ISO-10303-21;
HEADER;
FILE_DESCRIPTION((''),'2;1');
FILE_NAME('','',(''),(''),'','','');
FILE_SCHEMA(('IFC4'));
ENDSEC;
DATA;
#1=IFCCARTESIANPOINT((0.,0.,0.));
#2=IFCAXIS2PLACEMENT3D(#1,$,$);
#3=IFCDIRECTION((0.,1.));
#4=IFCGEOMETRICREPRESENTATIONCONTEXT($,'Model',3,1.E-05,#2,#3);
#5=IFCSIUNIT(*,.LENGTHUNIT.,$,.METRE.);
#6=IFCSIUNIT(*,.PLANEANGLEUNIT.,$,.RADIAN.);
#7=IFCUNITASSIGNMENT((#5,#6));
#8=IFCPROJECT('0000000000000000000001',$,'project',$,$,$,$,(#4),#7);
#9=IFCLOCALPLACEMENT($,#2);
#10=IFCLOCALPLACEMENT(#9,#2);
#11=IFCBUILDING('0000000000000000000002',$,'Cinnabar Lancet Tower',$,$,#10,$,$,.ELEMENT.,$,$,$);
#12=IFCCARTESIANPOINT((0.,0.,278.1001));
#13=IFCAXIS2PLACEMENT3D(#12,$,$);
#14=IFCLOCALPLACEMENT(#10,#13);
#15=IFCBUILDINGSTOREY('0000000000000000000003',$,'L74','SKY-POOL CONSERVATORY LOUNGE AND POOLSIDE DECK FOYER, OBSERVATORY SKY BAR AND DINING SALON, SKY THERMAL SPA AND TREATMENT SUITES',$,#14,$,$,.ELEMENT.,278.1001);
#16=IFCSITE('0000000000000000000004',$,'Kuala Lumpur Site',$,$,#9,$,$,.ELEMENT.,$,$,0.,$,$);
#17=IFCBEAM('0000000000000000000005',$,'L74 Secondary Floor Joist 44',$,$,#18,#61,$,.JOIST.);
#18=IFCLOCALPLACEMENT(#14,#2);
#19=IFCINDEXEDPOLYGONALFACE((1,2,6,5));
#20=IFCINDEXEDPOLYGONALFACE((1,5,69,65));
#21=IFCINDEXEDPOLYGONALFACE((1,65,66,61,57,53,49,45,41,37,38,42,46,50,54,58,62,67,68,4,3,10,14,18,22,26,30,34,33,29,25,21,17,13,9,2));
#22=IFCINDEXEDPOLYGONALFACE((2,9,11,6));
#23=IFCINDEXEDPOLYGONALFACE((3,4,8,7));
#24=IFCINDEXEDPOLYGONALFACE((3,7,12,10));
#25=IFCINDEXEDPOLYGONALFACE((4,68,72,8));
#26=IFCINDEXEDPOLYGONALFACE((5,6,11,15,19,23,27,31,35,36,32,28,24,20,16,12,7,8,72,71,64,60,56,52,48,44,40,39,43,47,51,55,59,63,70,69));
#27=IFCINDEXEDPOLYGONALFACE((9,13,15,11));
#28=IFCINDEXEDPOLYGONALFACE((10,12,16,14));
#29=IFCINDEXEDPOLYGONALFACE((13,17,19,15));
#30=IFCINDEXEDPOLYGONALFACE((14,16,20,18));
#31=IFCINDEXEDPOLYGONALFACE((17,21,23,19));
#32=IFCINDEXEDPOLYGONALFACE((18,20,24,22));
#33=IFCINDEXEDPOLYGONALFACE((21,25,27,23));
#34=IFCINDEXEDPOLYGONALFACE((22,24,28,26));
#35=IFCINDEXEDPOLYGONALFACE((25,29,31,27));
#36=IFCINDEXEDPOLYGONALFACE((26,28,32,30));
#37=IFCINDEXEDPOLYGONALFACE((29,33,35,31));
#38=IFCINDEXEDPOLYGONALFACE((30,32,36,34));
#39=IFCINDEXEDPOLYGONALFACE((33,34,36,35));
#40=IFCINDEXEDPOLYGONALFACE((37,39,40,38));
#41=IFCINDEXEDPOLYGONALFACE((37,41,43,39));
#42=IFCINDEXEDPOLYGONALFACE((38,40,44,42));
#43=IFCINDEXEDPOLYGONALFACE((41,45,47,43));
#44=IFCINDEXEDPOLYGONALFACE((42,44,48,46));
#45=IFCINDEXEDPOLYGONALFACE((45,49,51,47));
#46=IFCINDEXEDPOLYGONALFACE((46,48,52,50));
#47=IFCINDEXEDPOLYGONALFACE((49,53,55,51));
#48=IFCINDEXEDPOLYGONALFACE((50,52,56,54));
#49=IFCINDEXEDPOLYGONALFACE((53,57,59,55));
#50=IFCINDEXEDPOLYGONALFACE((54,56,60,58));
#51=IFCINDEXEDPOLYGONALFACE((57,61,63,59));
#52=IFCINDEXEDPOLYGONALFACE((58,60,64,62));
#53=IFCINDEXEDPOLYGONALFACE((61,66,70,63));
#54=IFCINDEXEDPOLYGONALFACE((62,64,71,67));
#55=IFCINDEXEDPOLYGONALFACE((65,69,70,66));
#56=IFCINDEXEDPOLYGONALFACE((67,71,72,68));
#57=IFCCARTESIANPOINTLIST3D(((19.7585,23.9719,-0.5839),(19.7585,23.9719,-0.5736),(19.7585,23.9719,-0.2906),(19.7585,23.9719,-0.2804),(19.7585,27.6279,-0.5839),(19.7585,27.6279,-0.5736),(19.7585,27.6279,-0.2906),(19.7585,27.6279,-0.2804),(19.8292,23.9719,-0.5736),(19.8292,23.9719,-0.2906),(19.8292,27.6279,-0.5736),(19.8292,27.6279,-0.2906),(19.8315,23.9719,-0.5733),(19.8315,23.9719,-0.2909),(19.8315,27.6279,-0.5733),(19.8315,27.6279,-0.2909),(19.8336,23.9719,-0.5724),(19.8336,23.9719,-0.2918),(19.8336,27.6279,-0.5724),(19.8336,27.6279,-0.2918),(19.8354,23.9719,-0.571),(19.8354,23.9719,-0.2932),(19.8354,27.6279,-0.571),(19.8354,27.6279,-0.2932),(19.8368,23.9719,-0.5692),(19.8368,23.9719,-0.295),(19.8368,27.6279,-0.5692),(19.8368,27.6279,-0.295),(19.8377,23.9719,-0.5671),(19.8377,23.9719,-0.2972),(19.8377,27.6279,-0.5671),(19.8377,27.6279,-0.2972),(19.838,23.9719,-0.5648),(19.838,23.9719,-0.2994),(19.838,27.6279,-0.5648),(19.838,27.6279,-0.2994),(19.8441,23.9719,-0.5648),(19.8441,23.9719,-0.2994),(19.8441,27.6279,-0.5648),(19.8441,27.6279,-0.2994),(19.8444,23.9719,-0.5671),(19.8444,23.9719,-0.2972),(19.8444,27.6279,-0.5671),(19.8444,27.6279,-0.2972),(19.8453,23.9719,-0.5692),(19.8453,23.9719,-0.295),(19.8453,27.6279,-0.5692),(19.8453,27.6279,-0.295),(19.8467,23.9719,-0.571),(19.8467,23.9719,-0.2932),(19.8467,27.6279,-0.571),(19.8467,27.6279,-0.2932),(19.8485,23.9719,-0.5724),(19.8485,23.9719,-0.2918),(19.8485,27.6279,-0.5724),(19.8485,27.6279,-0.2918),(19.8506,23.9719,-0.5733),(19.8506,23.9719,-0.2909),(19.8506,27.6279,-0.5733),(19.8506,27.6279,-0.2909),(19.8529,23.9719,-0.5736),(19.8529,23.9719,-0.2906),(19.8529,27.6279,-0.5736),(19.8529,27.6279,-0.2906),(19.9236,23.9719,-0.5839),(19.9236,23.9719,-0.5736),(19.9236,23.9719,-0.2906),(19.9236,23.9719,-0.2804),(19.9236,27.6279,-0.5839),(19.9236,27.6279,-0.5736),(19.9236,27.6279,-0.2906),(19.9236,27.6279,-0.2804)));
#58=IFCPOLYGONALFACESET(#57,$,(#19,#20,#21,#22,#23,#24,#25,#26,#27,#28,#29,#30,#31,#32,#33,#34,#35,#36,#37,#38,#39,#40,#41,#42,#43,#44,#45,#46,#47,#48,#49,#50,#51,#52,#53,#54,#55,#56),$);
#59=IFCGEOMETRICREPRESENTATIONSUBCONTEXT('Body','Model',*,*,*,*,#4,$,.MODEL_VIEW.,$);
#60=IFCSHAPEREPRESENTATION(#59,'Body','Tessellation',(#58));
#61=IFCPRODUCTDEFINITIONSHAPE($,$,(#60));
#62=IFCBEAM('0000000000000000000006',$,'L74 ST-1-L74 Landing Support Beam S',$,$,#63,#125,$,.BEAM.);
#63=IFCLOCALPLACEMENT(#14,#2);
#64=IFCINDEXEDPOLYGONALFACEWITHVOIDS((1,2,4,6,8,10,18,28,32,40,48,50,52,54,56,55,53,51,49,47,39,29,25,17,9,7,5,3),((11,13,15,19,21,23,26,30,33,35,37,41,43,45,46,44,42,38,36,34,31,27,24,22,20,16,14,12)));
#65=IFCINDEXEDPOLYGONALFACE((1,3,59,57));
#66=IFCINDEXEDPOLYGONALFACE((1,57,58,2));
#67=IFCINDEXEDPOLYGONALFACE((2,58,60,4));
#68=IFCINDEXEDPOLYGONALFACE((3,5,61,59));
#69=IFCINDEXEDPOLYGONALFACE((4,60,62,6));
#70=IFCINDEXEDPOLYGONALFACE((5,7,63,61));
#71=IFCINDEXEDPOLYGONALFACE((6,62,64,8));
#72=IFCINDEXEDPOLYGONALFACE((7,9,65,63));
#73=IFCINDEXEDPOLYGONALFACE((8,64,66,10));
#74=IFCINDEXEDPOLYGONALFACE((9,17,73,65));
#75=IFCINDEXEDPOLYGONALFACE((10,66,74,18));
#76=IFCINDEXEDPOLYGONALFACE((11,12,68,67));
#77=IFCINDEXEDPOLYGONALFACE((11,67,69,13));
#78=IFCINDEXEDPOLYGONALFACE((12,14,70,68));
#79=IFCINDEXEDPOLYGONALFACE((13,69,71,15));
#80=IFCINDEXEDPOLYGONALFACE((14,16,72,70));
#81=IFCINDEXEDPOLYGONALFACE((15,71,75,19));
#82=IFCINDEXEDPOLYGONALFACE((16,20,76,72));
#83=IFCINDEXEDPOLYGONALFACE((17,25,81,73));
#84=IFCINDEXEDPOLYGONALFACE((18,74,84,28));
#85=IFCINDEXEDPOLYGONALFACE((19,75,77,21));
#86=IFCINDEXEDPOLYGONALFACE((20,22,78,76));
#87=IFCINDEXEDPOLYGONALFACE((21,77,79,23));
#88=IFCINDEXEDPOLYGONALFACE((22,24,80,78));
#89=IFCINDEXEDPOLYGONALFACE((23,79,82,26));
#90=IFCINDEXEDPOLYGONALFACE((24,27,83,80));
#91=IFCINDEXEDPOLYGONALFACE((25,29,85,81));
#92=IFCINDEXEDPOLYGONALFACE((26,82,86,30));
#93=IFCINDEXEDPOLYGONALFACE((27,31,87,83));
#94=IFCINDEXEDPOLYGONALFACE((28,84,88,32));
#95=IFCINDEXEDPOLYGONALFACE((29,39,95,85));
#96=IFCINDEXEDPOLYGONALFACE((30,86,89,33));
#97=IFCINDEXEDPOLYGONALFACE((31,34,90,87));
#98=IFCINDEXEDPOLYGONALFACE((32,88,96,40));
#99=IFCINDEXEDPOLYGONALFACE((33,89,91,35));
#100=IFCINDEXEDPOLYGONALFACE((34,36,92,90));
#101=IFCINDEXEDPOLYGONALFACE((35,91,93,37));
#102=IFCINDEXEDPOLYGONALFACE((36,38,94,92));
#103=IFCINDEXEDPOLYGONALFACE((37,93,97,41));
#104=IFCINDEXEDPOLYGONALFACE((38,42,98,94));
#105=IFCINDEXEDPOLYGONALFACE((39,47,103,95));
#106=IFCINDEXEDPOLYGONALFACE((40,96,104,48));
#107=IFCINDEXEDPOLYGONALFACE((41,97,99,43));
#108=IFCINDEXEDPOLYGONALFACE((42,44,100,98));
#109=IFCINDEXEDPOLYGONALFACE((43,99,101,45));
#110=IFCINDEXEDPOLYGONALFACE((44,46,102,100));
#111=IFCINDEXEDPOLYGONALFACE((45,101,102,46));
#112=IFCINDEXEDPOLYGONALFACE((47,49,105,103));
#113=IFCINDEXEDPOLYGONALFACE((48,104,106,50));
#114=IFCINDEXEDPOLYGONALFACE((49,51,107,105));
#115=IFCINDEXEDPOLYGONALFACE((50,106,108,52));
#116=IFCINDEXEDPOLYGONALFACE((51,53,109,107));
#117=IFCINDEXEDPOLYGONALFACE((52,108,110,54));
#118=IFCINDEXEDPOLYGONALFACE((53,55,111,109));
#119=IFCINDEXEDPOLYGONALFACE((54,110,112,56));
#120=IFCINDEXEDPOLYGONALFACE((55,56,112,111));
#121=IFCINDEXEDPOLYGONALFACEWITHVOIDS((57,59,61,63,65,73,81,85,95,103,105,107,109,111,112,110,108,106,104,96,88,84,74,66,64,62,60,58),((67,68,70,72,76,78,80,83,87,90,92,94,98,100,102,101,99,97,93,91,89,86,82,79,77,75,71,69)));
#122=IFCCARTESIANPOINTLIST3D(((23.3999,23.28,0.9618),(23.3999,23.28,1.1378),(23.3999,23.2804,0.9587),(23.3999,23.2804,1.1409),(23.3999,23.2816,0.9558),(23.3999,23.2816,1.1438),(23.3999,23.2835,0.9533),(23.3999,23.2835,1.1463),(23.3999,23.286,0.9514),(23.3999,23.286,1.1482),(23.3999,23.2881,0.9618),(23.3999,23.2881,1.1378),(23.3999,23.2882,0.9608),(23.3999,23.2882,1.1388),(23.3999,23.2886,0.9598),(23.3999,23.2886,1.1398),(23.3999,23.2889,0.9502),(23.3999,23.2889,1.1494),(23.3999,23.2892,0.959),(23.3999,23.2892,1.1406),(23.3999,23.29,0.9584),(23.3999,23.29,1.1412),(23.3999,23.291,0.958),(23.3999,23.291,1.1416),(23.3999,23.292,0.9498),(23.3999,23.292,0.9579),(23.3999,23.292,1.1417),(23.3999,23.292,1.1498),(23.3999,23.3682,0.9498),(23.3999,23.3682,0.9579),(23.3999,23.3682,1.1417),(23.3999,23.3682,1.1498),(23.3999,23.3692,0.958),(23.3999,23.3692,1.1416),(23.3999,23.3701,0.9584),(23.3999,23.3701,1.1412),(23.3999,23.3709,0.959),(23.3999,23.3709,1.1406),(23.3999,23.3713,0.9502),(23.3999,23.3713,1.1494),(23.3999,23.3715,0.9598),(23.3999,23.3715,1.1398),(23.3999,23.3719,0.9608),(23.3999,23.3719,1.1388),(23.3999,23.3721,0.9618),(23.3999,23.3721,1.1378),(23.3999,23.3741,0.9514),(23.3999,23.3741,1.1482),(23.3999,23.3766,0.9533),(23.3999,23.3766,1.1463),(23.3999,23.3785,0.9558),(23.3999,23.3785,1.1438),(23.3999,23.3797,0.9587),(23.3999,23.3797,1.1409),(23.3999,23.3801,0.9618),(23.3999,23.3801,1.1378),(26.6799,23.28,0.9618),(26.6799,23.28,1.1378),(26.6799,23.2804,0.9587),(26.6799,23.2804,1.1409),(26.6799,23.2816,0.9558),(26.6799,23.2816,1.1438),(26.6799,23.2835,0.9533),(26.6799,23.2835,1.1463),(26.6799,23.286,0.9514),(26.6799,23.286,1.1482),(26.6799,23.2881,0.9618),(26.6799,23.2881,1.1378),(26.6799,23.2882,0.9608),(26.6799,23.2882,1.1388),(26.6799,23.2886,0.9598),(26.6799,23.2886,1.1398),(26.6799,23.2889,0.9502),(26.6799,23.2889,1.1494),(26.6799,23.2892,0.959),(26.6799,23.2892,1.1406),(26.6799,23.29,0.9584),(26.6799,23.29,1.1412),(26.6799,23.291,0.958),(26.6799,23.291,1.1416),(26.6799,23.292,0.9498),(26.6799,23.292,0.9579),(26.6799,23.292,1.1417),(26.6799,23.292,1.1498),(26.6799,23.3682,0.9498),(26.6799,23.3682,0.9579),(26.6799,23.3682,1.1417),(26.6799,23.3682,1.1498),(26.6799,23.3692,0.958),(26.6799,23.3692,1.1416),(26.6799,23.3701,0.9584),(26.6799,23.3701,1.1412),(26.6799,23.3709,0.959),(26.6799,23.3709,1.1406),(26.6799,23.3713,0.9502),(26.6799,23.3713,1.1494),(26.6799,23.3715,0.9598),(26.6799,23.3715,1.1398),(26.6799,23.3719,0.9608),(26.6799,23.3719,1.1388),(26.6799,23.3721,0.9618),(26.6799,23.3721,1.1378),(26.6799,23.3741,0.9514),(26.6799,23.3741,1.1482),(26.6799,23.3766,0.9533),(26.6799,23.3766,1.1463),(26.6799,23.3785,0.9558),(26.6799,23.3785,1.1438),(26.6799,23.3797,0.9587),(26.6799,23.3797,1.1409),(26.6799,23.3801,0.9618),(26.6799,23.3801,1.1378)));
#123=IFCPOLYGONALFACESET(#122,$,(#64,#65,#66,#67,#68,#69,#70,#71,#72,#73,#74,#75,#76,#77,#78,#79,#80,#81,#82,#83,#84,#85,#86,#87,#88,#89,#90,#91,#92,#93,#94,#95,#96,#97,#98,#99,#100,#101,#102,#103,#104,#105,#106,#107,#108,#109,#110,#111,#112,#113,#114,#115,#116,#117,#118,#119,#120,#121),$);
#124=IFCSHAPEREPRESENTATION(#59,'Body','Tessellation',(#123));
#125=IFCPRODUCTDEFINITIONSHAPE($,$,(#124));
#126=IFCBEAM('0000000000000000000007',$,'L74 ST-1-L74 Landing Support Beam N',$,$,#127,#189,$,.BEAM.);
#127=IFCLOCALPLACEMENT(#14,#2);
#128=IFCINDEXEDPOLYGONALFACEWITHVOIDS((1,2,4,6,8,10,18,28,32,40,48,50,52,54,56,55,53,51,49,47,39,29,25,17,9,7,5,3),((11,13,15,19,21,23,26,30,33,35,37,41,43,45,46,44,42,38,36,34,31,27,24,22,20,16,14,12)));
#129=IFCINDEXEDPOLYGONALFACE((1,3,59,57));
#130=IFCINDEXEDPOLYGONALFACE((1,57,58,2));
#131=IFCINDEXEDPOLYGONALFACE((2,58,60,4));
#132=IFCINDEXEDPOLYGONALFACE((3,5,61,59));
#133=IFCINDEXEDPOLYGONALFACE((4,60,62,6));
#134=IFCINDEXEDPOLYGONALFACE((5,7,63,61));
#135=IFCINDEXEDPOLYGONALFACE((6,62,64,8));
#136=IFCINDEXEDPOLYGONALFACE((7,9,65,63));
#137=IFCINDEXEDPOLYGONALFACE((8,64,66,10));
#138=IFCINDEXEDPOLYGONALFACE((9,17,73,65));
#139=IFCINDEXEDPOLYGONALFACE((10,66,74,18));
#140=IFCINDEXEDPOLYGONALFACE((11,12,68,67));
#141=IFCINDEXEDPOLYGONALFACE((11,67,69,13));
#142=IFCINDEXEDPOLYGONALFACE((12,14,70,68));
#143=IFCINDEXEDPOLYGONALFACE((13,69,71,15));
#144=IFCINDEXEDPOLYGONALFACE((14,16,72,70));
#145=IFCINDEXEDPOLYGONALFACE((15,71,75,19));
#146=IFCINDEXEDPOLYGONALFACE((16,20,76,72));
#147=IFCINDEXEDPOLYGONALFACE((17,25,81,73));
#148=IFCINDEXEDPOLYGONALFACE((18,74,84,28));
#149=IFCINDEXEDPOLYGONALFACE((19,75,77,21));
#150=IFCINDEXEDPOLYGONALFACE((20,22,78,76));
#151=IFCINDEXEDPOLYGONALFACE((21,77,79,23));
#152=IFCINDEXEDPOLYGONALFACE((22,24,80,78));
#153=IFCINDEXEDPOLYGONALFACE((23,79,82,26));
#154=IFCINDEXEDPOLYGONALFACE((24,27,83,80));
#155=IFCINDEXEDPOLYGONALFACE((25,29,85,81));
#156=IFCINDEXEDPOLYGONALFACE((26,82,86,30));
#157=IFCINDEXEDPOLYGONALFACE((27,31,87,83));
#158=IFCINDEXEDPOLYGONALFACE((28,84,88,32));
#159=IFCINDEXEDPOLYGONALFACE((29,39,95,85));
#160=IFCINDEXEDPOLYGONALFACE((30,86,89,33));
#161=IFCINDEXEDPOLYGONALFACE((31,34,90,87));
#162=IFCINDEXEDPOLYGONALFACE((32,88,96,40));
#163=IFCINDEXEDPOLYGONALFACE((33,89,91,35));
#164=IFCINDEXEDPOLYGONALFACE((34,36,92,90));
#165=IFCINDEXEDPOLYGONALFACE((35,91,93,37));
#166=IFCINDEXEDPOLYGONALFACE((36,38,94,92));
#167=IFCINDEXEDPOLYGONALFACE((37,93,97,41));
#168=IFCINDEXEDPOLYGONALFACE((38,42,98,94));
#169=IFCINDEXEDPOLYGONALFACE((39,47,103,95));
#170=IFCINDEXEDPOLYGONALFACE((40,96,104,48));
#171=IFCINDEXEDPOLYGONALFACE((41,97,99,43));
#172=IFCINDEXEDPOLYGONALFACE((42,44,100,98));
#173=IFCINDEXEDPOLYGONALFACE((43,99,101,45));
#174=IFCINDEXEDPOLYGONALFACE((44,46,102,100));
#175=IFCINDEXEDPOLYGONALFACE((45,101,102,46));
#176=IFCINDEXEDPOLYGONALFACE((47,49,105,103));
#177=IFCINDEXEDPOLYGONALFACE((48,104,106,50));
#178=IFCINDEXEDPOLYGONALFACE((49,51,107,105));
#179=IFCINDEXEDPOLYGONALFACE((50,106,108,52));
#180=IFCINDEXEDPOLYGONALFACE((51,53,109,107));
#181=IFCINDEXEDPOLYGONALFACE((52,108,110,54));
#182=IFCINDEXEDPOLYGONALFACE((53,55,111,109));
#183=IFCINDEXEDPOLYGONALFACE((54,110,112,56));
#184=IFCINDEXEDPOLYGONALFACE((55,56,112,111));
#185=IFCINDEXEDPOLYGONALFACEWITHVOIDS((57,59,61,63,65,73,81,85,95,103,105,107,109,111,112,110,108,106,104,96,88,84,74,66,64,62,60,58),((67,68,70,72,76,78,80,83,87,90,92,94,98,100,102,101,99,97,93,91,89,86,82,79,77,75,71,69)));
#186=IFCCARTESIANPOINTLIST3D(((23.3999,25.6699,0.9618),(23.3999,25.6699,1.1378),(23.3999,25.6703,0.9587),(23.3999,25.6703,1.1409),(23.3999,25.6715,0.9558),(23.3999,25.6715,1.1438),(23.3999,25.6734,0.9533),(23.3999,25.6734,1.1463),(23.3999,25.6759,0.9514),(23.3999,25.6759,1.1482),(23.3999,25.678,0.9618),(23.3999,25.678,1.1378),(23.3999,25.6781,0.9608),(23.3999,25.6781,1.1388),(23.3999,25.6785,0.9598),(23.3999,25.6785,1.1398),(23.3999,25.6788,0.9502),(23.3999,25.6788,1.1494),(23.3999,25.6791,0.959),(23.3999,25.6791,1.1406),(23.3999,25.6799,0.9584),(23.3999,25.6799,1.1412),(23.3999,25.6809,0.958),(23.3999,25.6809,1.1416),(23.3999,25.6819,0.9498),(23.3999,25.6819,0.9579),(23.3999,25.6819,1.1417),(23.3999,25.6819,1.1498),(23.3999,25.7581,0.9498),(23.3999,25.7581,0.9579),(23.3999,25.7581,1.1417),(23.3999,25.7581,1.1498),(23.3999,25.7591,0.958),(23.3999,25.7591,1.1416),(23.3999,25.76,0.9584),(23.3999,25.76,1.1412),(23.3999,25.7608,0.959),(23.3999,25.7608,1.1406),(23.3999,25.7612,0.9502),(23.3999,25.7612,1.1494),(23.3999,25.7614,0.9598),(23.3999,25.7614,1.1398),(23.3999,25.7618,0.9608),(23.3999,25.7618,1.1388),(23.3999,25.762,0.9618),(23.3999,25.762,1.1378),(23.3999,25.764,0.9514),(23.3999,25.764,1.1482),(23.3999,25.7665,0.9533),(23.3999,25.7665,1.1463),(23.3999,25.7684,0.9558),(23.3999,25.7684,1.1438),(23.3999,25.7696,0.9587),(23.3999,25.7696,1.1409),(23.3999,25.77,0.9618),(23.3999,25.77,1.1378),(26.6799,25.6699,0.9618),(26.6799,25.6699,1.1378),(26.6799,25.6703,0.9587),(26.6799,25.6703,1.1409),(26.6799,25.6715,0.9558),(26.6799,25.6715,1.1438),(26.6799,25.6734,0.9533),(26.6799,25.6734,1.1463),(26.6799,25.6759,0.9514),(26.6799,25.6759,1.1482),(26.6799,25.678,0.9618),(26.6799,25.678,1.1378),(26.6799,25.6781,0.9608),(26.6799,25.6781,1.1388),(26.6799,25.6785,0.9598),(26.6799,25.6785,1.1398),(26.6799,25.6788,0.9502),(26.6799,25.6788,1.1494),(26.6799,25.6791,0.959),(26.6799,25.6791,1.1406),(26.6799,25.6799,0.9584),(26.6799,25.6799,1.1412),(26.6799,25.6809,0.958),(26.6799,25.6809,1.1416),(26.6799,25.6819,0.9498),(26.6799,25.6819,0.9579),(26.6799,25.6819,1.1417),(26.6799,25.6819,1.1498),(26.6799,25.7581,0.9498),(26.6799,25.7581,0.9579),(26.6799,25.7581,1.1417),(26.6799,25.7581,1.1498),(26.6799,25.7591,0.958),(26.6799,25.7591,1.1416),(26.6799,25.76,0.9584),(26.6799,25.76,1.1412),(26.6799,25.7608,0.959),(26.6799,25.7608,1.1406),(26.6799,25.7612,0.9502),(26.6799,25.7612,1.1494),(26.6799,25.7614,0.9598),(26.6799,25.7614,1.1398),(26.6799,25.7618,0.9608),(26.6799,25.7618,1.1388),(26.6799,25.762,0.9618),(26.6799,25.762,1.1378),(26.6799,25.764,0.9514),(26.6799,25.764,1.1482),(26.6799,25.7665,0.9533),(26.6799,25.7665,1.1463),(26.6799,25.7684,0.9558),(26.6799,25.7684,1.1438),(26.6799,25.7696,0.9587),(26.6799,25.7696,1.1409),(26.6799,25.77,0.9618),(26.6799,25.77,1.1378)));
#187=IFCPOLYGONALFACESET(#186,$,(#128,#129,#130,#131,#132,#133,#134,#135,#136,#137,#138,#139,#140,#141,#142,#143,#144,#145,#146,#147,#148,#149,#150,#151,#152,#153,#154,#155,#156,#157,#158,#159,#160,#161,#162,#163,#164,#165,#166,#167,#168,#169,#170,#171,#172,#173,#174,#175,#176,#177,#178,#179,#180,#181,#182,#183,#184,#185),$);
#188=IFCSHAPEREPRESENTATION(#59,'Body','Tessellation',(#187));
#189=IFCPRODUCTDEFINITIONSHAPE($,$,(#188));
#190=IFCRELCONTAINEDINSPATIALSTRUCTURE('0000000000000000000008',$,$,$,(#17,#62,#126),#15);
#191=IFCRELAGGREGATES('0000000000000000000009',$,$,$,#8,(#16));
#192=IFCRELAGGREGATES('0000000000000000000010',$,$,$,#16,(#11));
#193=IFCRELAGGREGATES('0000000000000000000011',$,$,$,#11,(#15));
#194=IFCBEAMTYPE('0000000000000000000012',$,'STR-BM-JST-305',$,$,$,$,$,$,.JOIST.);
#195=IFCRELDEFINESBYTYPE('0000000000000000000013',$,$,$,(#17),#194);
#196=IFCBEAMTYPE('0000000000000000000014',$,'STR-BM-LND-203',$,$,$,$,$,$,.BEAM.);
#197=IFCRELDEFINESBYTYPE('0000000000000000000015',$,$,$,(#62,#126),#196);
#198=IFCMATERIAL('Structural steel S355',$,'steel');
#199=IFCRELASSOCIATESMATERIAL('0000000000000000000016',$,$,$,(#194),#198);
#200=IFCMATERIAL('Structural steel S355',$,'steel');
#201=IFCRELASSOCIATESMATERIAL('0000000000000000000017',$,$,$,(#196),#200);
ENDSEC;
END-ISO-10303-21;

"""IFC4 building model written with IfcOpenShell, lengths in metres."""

from ifc_helpers import new_model, si_unit, direction, frame, origin, origin_2d, place, context, subcontext, project, spatial, hollow_rectangle, i_section, extrude, material, material_profile, profile_set, type_object, element, save


model = new_model("IFC4")

# Units and contexts
model_context = context("Model", 3, precision=1e-05, world=origin(), true_north=direction((0.0, 1.0)))
body_context = subcontext(model_context, "Body", "Model", "MODEL_VIEW")
ifc_project = project(units=[si_unit("LENGTHUNIT", "METRE"), si_unit("PLANEANGLEUNIT", "RADIAN")], contexts=[model_context])

# Site, building, storey
site_placement = place(None, origin())
site = spatial("IfcSite", under=ifc_project, at=site_placement, Name="Kuala Lumpur Site", CompositionType="ELEMENT", RefElevation=0.0)
building_placement = place(site_placement, origin())
building = spatial("IfcBuilding", under=site, at=building_placement, Name="Cinnabar Lancet Tower", CompositionType="ELEMENT")
storey_placement = place(building_placement, frame((0.0, 0.0, 278.1001)))
storey = spatial("IfcBuildingStorey", under=building, at=storey_placement, Name="L74", Description="SKY-POOL CONSERVATORY LOUNGE AND POOLSIDE DECK FOYER, OBSERVATORY SKY BAR AND DINING SALON, SKY THERMAL SPA AND TREATMENT SUITES", CompositionType="ELEMENT", Elevation=278.1001)

# Beams
ifc_material_1 = material(Name="Structural steel S355", Category="steel")
ifc_material_profile_1 = material_profile(ifc_material_1, i_section(OverallWidth=0.165, OverallDepth=0.3035, WebThickness=0.0061, FlangeThickness=0.0103, FilletRadius=0.0088, at=origin_2d()), Name="UKB 305x165x40")
ifc_profile_set_1 = profile_set([ifc_material_profile_1], Name="Structural steel S355")
beam_type_1 = type_object("IfcBeamType", Name="STR-BM-JST-305", PredefinedType="JOIST", material=ifc_profile_set_1)
for number, where, z_axis, x_axis, name in (
    (1, (19.8411, 27.6279, -0.4321), (0.0, -1.0, 0.0), (1.0, 0.0, 0.0), "L74 Secondary Floor Joist 44"),
):
    element("IfcBeam", number, at=place(storey_placement, frame(where, z_axis=z_axis, x_axis=x_axis)), inside=storey, type_object=beam_type_1, Name=name, PredefinedType="JOIST", context=body_context, shape_type="SweptSolid", body=[
        extrude(i_section(OverallWidth=0.165, OverallDepth=0.3035, WebThickness=0.0061, FlangeThickness=0.0103, FilletRadius=0.0088, at=origin_2d()), origin(), (0.0, 0.0, 1.0), 3.656),
    ])
ifc_material_2 = material(Name="Structural steel S355", Category="steel")
ifc_material_profile_2 = material_profile(ifc_material_2, hollow_rectangle(XDim=0.1001, YDim=0.2, WallThickness=0.0081, InnerFilletRadius=0.0039, OuterFilletRadius=0.012, at=origin_2d()), Name="RHS 200x100x8")
ifc_profile_set_2 = profile_set([ifc_material_profile_2], Name="Structural steel S355")
beam_type_2 = type_object("IfcBeamType", Name="STR-BM-LND-203", PredefinedType="BEAM", material=ifc_profile_set_2)
for number, where, z_axis, x_axis, name in (
    (2, (23.3999, 23.3301, 1.0498), (1.0, 0.0, 0.0), (0.0, 1.0, 0.0), "L74 ST-1-L74 Landing Support Beam S"),
    (3, (23.3999, 25.72, 1.0498), (1.0, 0.0, 0.0), (0.0, 1.0, 0.0), "L74 ST-1-L74 Landing Support Beam N"),
):
    element("IfcBeam", number, at=place(storey_placement, frame(where, z_axis=z_axis, x_axis=x_axis)), inside=storey, type_object=beam_type_2, Name=name, PredefinedType="BEAM", context=body_context, shape_type="SweptSolid", body=[
        extrude(hollow_rectangle(XDim=0.1001, YDim=0.2, WallThickness=0.0081, InnerFilletRadius=0.0039, OuterFilletRadius=0.012, at=origin_2d()), origin(), (0.0, 0.0, 1.0), 3.28),
    ])

save(model, "model.ifc")
